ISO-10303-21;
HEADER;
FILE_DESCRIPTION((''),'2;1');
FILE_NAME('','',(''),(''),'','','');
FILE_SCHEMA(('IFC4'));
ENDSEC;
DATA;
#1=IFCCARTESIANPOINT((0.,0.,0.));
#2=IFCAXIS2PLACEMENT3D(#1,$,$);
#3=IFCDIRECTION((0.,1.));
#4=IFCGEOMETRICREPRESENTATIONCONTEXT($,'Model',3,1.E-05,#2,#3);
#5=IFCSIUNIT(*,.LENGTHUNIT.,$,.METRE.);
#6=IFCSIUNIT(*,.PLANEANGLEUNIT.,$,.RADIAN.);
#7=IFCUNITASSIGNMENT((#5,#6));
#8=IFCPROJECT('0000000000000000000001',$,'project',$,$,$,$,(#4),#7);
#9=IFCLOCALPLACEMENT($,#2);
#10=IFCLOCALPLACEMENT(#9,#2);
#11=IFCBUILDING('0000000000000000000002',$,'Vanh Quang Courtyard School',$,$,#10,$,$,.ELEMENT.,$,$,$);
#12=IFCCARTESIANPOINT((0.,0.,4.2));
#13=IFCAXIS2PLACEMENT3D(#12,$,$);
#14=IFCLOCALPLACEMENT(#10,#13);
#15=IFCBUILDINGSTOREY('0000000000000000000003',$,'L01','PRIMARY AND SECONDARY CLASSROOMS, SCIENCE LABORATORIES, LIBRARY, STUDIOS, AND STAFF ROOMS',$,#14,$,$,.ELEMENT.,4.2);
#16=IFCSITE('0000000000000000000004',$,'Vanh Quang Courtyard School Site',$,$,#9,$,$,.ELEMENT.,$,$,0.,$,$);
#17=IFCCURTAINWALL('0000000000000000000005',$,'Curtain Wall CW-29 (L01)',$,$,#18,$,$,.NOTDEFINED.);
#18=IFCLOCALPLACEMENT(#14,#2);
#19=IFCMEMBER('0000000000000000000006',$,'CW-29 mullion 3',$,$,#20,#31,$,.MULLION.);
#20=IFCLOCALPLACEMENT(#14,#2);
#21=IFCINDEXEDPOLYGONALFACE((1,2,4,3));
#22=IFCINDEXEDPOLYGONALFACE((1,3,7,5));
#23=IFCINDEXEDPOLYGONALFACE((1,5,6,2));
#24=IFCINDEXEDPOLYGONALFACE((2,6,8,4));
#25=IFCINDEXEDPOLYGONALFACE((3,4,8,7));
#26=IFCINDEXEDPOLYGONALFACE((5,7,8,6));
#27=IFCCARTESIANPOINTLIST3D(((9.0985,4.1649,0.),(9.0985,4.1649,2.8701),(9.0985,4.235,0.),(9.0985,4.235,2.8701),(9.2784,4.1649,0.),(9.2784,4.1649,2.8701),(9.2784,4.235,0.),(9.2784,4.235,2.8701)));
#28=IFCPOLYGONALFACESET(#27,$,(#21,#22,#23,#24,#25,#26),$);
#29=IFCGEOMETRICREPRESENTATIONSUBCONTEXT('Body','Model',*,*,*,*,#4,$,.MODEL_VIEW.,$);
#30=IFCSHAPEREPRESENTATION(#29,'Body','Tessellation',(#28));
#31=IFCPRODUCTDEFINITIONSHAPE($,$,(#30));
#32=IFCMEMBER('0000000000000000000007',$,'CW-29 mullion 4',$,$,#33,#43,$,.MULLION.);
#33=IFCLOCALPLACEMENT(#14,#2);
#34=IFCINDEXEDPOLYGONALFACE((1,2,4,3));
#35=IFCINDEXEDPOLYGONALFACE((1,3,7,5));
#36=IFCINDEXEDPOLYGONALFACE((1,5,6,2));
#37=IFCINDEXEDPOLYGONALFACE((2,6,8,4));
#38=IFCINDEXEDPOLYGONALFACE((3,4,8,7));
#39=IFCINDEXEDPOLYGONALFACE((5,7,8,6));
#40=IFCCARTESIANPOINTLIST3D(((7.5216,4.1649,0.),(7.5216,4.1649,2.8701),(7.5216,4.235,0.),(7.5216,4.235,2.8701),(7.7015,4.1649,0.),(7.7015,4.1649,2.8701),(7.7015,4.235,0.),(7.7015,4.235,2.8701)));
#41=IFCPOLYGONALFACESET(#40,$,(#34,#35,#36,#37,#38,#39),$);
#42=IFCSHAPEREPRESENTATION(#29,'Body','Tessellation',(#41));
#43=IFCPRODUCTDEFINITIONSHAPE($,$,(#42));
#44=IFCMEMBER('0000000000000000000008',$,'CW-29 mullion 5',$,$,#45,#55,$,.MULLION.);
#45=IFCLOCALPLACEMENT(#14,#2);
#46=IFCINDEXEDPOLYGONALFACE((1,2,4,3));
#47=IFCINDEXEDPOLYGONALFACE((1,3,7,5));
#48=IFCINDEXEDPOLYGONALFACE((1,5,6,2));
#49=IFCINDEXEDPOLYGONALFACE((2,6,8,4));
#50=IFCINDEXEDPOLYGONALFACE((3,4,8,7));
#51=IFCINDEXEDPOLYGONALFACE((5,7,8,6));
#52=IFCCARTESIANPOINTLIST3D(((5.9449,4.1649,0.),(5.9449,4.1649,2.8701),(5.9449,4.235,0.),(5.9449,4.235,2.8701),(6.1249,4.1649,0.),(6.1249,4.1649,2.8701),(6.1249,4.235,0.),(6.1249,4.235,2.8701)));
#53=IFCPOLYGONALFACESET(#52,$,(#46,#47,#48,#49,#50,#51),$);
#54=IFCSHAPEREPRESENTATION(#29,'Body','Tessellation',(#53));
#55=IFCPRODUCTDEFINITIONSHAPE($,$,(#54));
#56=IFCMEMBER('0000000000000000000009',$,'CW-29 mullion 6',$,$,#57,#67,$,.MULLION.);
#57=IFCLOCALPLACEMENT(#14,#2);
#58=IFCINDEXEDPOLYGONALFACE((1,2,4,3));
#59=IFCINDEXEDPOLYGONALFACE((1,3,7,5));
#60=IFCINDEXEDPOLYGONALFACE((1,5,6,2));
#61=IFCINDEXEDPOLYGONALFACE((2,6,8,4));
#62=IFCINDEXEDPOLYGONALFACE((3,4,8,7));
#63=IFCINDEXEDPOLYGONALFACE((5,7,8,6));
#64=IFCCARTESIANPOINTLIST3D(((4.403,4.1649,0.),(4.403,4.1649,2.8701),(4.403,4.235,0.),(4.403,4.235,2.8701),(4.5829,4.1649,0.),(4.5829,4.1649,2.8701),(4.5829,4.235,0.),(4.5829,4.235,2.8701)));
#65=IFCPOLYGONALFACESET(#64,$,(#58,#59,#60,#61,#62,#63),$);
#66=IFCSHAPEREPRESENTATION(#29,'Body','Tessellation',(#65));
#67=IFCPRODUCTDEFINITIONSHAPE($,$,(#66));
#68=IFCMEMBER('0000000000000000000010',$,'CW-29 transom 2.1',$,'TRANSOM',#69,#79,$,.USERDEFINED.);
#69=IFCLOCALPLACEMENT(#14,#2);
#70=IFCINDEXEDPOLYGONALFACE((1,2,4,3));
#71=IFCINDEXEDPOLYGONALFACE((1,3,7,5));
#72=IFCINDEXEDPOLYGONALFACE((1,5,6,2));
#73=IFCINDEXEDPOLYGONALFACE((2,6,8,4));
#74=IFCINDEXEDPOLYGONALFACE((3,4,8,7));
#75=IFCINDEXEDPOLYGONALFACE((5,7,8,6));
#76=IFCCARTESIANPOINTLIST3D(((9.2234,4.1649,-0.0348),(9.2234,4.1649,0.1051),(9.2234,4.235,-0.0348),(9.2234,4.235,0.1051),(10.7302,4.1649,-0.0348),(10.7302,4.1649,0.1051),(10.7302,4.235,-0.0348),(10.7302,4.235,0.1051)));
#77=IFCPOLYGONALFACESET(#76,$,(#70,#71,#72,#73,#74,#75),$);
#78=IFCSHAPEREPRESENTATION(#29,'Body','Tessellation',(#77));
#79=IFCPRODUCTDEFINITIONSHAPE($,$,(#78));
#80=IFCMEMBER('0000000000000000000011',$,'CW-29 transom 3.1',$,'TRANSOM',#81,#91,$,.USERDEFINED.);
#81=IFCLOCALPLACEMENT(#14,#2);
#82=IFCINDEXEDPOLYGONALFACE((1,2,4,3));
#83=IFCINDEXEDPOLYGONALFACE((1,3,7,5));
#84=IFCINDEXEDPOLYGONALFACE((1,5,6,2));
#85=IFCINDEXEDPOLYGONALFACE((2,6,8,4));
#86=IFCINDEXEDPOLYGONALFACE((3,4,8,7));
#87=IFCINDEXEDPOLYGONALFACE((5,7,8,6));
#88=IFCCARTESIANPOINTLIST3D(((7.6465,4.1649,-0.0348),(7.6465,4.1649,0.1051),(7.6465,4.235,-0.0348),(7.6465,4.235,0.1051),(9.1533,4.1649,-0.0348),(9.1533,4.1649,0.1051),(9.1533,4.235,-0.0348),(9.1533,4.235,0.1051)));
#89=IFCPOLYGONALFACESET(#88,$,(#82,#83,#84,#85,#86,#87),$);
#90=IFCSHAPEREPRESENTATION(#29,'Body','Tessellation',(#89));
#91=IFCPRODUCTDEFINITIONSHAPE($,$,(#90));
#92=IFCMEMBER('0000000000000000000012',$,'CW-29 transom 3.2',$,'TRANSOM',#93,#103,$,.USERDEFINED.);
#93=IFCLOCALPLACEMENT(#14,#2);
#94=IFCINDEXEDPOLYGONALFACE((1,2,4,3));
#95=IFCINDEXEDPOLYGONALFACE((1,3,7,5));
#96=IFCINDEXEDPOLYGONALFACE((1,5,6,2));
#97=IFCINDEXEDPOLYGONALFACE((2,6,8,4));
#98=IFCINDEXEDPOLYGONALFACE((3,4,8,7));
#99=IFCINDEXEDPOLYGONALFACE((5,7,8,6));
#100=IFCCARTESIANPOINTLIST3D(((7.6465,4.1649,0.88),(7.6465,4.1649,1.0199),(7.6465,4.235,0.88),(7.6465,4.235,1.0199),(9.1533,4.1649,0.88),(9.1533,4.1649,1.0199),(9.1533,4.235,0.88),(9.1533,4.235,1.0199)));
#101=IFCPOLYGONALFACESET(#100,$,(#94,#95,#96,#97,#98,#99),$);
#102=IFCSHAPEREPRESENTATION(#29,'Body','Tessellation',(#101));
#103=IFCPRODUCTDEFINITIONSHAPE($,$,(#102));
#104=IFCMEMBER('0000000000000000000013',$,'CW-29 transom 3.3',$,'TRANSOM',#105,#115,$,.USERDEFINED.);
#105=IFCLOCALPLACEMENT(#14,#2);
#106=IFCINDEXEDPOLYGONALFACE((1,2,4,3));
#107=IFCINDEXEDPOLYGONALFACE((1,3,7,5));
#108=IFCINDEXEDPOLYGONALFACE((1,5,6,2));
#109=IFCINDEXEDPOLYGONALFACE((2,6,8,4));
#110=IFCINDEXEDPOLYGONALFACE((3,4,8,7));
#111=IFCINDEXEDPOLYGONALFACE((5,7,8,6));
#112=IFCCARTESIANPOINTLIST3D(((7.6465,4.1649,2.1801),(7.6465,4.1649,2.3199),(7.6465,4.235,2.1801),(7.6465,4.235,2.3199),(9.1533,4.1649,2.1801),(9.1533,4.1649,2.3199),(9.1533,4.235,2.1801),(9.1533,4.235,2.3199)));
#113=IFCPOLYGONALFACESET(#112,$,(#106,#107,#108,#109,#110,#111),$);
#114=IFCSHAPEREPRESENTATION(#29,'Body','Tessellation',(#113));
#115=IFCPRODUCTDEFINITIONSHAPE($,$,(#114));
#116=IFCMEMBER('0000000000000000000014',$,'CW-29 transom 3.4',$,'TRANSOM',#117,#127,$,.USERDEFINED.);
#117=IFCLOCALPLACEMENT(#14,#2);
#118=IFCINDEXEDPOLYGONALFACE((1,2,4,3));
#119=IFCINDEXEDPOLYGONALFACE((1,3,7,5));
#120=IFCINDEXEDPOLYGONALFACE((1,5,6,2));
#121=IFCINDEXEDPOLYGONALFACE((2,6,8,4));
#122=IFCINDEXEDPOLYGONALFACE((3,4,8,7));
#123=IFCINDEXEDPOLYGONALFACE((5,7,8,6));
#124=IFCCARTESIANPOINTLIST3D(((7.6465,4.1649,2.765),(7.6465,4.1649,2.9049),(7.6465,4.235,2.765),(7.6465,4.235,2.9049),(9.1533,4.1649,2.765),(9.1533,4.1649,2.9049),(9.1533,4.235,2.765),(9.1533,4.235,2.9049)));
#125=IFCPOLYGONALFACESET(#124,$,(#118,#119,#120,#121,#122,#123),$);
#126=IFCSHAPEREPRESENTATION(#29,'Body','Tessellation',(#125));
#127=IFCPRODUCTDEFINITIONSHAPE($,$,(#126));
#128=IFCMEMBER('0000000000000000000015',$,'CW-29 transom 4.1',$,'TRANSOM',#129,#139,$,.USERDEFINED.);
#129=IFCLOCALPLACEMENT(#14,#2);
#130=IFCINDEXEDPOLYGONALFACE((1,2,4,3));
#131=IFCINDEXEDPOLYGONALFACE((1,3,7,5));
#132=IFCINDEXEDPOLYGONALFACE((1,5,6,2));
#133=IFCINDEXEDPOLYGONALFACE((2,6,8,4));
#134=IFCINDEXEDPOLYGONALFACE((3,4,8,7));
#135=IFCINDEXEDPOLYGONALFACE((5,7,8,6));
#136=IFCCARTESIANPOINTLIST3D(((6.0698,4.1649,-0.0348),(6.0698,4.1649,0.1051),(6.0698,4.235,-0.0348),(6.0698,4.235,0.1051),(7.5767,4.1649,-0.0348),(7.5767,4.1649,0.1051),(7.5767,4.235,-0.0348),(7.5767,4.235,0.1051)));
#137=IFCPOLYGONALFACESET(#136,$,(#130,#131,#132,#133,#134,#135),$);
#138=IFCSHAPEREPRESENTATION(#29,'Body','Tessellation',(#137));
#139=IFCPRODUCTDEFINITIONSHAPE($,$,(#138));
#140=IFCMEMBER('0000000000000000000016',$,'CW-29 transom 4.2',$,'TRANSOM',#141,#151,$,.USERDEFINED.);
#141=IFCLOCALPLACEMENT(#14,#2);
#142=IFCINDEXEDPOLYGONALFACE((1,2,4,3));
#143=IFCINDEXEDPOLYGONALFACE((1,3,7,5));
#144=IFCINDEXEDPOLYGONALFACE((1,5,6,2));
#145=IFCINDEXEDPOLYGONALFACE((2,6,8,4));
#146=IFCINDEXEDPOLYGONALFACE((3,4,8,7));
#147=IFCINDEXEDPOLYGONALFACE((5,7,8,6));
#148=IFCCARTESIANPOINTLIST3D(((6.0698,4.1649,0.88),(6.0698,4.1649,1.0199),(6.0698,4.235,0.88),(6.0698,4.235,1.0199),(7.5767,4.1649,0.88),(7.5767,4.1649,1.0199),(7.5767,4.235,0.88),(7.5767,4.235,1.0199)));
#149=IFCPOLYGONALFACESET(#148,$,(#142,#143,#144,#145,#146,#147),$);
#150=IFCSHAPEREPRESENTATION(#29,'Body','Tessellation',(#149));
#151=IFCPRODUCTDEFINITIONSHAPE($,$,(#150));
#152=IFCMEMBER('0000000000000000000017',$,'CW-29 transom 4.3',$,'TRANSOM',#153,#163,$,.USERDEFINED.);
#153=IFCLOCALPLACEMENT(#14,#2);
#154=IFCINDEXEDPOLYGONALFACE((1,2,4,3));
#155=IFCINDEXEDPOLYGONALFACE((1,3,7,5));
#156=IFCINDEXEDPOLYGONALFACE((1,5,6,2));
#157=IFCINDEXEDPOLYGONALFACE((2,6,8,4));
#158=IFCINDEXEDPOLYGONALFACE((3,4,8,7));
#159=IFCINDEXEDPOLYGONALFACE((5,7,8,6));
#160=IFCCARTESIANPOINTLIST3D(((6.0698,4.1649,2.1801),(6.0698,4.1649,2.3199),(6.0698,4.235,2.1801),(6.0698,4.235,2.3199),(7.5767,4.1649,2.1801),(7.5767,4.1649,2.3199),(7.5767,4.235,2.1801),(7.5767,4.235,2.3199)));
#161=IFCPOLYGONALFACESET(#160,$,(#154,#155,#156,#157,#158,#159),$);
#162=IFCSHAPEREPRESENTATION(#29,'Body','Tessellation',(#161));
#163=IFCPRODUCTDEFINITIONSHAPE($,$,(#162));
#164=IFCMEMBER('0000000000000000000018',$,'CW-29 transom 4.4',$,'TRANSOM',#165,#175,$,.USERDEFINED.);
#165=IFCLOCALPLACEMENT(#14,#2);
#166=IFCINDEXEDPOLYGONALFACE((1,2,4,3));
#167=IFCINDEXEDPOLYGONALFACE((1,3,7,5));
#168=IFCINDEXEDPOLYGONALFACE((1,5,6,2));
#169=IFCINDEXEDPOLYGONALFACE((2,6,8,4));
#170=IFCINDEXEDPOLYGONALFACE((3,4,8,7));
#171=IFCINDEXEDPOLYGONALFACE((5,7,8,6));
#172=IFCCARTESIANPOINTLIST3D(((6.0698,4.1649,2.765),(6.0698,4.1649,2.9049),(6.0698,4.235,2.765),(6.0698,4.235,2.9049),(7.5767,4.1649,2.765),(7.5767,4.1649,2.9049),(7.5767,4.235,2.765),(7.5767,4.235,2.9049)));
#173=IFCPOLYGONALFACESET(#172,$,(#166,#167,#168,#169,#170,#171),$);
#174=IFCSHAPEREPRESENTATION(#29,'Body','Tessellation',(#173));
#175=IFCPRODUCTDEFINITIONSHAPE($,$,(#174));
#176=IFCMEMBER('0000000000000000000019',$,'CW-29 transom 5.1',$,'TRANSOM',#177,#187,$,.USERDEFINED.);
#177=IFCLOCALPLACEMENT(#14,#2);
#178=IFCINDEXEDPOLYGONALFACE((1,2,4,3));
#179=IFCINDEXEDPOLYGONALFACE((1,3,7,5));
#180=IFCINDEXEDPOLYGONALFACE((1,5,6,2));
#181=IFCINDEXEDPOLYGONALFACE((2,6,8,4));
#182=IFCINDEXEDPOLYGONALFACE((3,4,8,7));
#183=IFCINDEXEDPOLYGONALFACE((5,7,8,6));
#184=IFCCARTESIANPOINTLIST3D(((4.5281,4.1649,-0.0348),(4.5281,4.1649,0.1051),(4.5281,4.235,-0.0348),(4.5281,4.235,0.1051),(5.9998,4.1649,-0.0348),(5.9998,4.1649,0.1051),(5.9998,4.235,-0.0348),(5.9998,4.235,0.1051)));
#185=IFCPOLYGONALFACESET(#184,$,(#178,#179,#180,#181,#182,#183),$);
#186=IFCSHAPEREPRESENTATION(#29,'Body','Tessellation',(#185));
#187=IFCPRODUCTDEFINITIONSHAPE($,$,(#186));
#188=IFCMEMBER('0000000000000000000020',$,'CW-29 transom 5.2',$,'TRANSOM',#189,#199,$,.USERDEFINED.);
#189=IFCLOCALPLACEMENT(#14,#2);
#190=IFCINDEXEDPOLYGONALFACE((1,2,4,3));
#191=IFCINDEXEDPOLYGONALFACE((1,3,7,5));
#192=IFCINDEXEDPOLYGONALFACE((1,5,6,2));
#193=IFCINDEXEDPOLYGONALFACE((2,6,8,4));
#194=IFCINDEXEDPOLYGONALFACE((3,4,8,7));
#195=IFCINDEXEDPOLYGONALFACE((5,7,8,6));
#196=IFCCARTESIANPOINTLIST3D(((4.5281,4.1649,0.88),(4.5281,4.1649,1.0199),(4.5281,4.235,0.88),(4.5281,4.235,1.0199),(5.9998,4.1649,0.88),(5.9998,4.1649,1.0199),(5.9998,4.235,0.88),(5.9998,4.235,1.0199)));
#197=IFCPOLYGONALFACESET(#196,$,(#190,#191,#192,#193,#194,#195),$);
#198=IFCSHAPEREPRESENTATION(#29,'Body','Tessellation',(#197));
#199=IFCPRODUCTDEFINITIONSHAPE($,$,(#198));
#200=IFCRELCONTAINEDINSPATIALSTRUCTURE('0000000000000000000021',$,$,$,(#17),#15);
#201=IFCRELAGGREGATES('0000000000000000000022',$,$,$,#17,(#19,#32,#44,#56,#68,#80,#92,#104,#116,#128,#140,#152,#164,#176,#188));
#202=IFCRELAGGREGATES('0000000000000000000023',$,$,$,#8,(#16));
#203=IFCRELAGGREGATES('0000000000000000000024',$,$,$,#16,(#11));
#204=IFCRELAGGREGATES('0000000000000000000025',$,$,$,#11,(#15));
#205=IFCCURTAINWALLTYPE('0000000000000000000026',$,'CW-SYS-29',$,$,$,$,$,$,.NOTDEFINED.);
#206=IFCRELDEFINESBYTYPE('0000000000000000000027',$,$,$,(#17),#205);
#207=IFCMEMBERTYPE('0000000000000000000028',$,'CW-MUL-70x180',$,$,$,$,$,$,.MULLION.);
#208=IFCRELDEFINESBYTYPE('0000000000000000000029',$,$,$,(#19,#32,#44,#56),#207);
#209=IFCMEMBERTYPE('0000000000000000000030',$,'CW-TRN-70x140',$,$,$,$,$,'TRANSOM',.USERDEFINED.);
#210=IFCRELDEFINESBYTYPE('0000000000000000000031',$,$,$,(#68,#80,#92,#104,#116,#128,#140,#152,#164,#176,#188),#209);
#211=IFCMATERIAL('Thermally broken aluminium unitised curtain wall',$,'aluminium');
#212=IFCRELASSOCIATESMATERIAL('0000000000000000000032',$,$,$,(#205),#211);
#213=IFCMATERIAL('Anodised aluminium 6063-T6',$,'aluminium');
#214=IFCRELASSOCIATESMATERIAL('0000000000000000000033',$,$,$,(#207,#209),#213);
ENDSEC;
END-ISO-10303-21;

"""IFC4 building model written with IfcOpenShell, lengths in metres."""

from ifc_helpers import new_model, si_unit, direction, frame, origin, origin_2d, place, context, subcontext, project, spatial, rectangle, extrude, material, material_profile, profile_set, type_object, element, aggregate, save


model = new_model("IFC4")

# Units and contexts
model_context = context("Model", 3, precision=1e-05, world=origin(), true_north=direction((0.0, 1.0)))
body_context = subcontext(model_context, "Body", "Model", "MODEL_VIEW")
ifc_project = project(units=[si_unit("LENGTHUNIT", "METRE"), si_unit("PLANEANGLEUNIT", "RADIAN")], contexts=[model_context])

# Site, building, storey
site_placement = place(None, origin())
site = spatial("IfcSite", under=ifc_project, at=site_placement, Name="Vanh Quang Courtyard School Site", CompositionType="ELEMENT", RefElevation=0.0)
building_placement = place(site_placement, origin())
building = spatial("IfcBuilding", under=site, at=building_placement, Name="Vanh Quang Courtyard School", CompositionType="ELEMENT")
storey_placement = place(building_placement, frame((0.0, 0.0, 4.2)))
storey = spatial("IfcBuildingStorey", under=building, at=storey_placement, Name="L01", Description="PRIMARY AND SECONDARY CLASSROOMS, SCIENCE LABORATORIES, LIBRARY, STUDIOS, AND STAFF ROOMS", CompositionType="ELEMENT", Elevation=4.2)

# Curtain wall, members
ifc_material_1 = material(Name="Thermally broken aluminium unitised curtain wall", Category="aluminium")
curtain_wall_type = type_object("IfcCurtainWallType", Name="CW-SYS-29", PredefinedType="NOTDEFINED", material=ifc_material_1)
curtain_wall_placement = place(storey_placement, origin())
curtain_wall = element("IfcCurtainWall", 1, at=curtain_wall_placement, inside=storey, type_object=curtain_wall_type, Name="Curtain Wall CW-29 (L01)", PredefinedType="NOTDEFINED")
ifc_material_2 = material(Name="Anodised aluminium 6063-T6", Category="aluminium")
ifc_material_profile_1 = material_profile(ifc_material_2, rectangle(XDim=0.0701, YDim=0.1799, at=origin_2d()), Name="ALU-MUL 70x180")
ifc_profile_set_1 = profile_set([ifc_material_profile_1], Name="Anodised aluminium 6063-T6")
member_type_1 = type_object("IfcMemberType", Name="CW-MUL-70x180", PredefinedType="MULLION", material=ifc_profile_set_1)
member_1_placement = place(storey_placement, frame((9.1885, 4.2, 0.0), z_axis=(0.0, 0.0, 1.0), x_axis=(0.0, -1.0, 0.0)))
member_1 = element("IfcMember", 2, at=member_1_placement, type_object=member_type_1, Name="CW-29 mullion 3", PredefinedType="MULLION", context=body_context, shape_type="SweptSolid", body=[
    extrude(rectangle(XDim=0.0701, YDim=0.1799, at=origin_2d()), origin(), (0.0, 0.0, 1.0), 2.8701),
])
member_2_placement = place(storey_placement, frame((7.6116, 4.2, 0.0), z_axis=(0.0, 0.0, 1.0), x_axis=(0.0, -1.0, 0.0)))
member_2 = element("IfcMember", 3, at=member_2_placement, type_object=member_type_1, Name="CW-29 mullion 4", PredefinedType="MULLION", context=body_context, shape_type="SweptSolid", body=[
    extrude(rectangle(XDim=0.0701, YDim=0.1799, at=origin_2d()), origin(), (0.0, 0.0, 1.0), 2.8701),
])
member_3_placement = place(storey_placement, frame((6.0349, 4.2, 0.0), z_axis=(0.0, 0.0, 1.0), x_axis=(0.0, -1.0, 0.0)))
member_3 = element("IfcMember", 4, at=member_3_placement, type_object=member_type_1, Name="CW-29 mullion 5", PredefinedType="MULLION", context=body_context, shape_type="SweptSolid", body=[
    extrude(rectangle(XDim=0.0701, YDim=0.1799, at=origin_2d()), origin(), (0.0, 0.0, 1.0), 2.8701),
])
member_4_placement = place(storey_placement, frame((4.4929, 4.2, 0.0), z_axis=(0.0, 0.0, 1.0), x_axis=(0.0, -1.0, 0.0)))
member_4 = element("IfcMember", 5, at=member_4_placement, type_object=member_type_1, Name="CW-29 mullion 6", PredefinedType="MULLION", context=body_context, shape_type="SweptSolid", body=[
    extrude(rectangle(XDim=0.0701, YDim=0.1799, at=origin_2d()), origin(), (0.0, 0.0, 1.0), 2.8701),
])
ifc_material_profile_2 = material_profile(ifc_material_2, rectangle(XDim=0.0701, YDim=0.1399, at=origin_2d()), Name="ALU-TRN 70x140")
ifc_profile_set_2 = profile_set([ifc_material_profile_2], Name="Anodised aluminium 6063-T6")
member_type_2 = type_object("IfcMemberType", Name="CW-TRN-70x140", ElementType="TRANSOM", PredefinedType="USERDEFINED", material=ifc_profile_set_2)
member_5_placement = place(storey_placement, frame((10.7302, 4.2, 0.0352), z_axis=(-1.0, 0.0, 0.0), x_axis=(0.0, -1.0, 0.0)))
member_5 = element("IfcMember", 6, at=member_5_placement, type_object=member_type_2, Name="CW-29 transom 2.1", ObjectType="TRANSOM", PredefinedType="USERDEFINED", context=body_context, shape_type="SweptSolid", body=[
    extrude(rectangle(XDim=0.0701, YDim=0.1399, at=origin_2d()), origin(), (0.0, 0.0, 1.0), 1.5068),
])
member_6_placement = place(storey_placement, frame((9.1533, 4.2, 0.0352), z_axis=(-1.0, 0.0, 0.0), x_axis=(0.0, -1.0, 0.0)))
member_6 = element("IfcMember", 7, at=member_6_placement, type_object=member_type_2, Name="CW-29 transom 3.1", ObjectType="TRANSOM", PredefinedType="USERDEFINED", context=body_context, shape_type="SweptSolid", body=[
    extrude(rectangle(XDim=0.0701, YDim=0.1399, at=origin_2d()), origin(), (0.0, 0.0, 1.0), 1.5068),
])
member_7_placement = place(storey_placement, frame((9.1533, 4.2, 0.95), z_axis=(-1.0, 0.0, 0.0), x_axis=(0.0, -1.0, 0.0)))
member_7 = element("IfcMember", 8, at=member_7_placement, type_object=member_type_2, Name="CW-29 transom 3.2", ObjectType="TRANSOM", PredefinedType="USERDEFINED", context=body_context, shape_type="SweptSolid", body=[
    extrude(rectangle(XDim=0.0701, YDim=0.1399, at=origin_2d()), origin(), (0.0, 0.0, 1.0), 1.5068),
])
member_8_placement = place(storey_placement, frame((9.1533, 4.2, 2.25), z_axis=(-1.0, 0.0, 0.0), x_axis=(0.0, -1.0, 0.0)))
member_8 = element("IfcMember", 9, at=member_8_placement, type_object=member_type_2, Name="CW-29 transom 3.3", ObjectType="TRANSOM", PredefinedType="USERDEFINED", context=body_context, shape_type="SweptSolid", body=[
    extrude(rectangle(XDim=0.0701, YDim=0.1399, at=origin_2d()), origin(), (0.0, 0.0, 1.0), 1.5068),
])
member_9_placement = place(storey_placement, frame((9.1533, 4.2, 2.835), z_axis=(-1.0, 0.0, 0.0), x_axis=(0.0, -1.0, 0.0)))
member_9 = element("IfcMember", 10, at=member_9_placement, type_object=member_type_2, Name="CW-29 transom 3.4", ObjectType="TRANSOM", PredefinedType="USERDEFINED", context=body_context, shape_type="SweptSolid", body=[
    extrude(rectangle(XDim=0.0701, YDim=0.1399, at=origin_2d()), origin(), (0.0, 0.0, 1.0), 1.5068),
])
member_10_placement = place(storey_placement, frame((7.5767, 4.2, 0.0352), z_axis=(-1.0, 0.0, 0.0), x_axis=(0.0, -1.0, 0.0)))
member_10 = element("IfcMember", 11, at=member_10_placement, type_object=member_type_2, Name="CW-29 transom 4.1", ObjectType="TRANSOM", PredefinedType="USERDEFINED", context=body_context, shape_type="SweptSolid", body=[
    extrude(rectangle(XDim=0.0701, YDim=0.1399, at=origin_2d()), origin(), (0.0, 0.0, 1.0), 1.5068),
])
member_11_placement = place(storey_placement, frame((7.5767, 4.2, 0.95), z_axis=(-1.0, 0.0, 0.0), x_axis=(0.0, -1.0, 0.0)))
member_11 = element("IfcMember", 12, at=member_11_placement, type_object=member_type_2, Name="CW-29 transom 4.2", ObjectType="TRANSOM", PredefinedType="USERDEFINED", context=body_context, shape_type="SweptSolid", body=[
    extrude(rectangle(XDim=0.0701, YDim=0.1399, at=origin_2d()), origin(), (0.0, 0.0, 1.0), 1.5068),
])
member_12_placement = place(storey_placement, frame((7.5767, 4.2, 2.25), z_axis=(-1.0, 0.0, 0.0), x_axis=(0.0, -1.0, 0.0)))
member_12 = element("IfcMember", 13, at=member_12_placement, type_object=member_type_2, Name="CW-29 transom 4.3", ObjectType="TRANSOM", PredefinedType="USERDEFINED", context=body_context, shape_type="SweptSolid", body=[
    extrude(rectangle(XDim=0.0701, YDim=0.1399, at=origin_2d()), origin(), (0.0, 0.0, 1.0), 1.5068),
])
member_13_placement = place(storey_placement, frame((7.5767, 4.2, 2.835), z_axis=(-1.0, 0.0, 0.0), x_axis=(0.0, -1.0, 0.0)))
member_13 = element("IfcMember", 14, at=member_13_placement, type_object=member_type_2, Name="CW-29 transom 4.4", ObjectType="TRANSOM", PredefinedType="USERDEFINED", context=body_context, shape_type="SweptSolid", body=[
    extrude(rectangle(XDim=0.0701, YDim=0.1399, at=origin_2d()), origin(), (0.0, 0.0, 1.0), 1.5068),
])
member_14_placement = place(storey_placement, frame((5.9998, 4.2, 0.0352), z_axis=(-1.0, 0.0, 0.0), x_axis=(0.0, -1.0, 0.0)))
member_14 = element("IfcMember", 15, at=member_14_placement, type_object=member_type_2, Name="CW-29 transom 5.1", ObjectType="TRANSOM", PredefinedType="USERDEFINED", context=body_context, shape_type="SweptSolid", body=[
    extrude(rectangle(XDim=0.0701, YDim=0.1399, at=origin_2d()), origin(), (0.0, 0.0, 1.0), 1.4717),
])
member_15_placement = place(storey_placement, frame((5.9998, 4.2, 0.95), z_axis=(-1.0, 0.0, 0.0), x_axis=(0.0, -1.0, 0.0)))
member_15 = element("IfcMember", 16, at=member_15_placement, type_object=member_type_2, Name="CW-29 transom 5.2", ObjectType="TRANSOM", PredefinedType="USERDEFINED", context=body_context, shape_type="SweptSolid", body=[
    extrude(rectangle(XDim=0.0701, YDim=0.1399, at=origin_2d()), origin(), (0.0, 0.0, 1.0), 1.4717),
])
aggregate(curtain_wall, [member_1, member_2, member_3, member_4, member_5, member_6, member_7, member_8, member_9, member_10, member_11, member_12, member_13, member_14, member_15])

save(model, "model.ifc")
